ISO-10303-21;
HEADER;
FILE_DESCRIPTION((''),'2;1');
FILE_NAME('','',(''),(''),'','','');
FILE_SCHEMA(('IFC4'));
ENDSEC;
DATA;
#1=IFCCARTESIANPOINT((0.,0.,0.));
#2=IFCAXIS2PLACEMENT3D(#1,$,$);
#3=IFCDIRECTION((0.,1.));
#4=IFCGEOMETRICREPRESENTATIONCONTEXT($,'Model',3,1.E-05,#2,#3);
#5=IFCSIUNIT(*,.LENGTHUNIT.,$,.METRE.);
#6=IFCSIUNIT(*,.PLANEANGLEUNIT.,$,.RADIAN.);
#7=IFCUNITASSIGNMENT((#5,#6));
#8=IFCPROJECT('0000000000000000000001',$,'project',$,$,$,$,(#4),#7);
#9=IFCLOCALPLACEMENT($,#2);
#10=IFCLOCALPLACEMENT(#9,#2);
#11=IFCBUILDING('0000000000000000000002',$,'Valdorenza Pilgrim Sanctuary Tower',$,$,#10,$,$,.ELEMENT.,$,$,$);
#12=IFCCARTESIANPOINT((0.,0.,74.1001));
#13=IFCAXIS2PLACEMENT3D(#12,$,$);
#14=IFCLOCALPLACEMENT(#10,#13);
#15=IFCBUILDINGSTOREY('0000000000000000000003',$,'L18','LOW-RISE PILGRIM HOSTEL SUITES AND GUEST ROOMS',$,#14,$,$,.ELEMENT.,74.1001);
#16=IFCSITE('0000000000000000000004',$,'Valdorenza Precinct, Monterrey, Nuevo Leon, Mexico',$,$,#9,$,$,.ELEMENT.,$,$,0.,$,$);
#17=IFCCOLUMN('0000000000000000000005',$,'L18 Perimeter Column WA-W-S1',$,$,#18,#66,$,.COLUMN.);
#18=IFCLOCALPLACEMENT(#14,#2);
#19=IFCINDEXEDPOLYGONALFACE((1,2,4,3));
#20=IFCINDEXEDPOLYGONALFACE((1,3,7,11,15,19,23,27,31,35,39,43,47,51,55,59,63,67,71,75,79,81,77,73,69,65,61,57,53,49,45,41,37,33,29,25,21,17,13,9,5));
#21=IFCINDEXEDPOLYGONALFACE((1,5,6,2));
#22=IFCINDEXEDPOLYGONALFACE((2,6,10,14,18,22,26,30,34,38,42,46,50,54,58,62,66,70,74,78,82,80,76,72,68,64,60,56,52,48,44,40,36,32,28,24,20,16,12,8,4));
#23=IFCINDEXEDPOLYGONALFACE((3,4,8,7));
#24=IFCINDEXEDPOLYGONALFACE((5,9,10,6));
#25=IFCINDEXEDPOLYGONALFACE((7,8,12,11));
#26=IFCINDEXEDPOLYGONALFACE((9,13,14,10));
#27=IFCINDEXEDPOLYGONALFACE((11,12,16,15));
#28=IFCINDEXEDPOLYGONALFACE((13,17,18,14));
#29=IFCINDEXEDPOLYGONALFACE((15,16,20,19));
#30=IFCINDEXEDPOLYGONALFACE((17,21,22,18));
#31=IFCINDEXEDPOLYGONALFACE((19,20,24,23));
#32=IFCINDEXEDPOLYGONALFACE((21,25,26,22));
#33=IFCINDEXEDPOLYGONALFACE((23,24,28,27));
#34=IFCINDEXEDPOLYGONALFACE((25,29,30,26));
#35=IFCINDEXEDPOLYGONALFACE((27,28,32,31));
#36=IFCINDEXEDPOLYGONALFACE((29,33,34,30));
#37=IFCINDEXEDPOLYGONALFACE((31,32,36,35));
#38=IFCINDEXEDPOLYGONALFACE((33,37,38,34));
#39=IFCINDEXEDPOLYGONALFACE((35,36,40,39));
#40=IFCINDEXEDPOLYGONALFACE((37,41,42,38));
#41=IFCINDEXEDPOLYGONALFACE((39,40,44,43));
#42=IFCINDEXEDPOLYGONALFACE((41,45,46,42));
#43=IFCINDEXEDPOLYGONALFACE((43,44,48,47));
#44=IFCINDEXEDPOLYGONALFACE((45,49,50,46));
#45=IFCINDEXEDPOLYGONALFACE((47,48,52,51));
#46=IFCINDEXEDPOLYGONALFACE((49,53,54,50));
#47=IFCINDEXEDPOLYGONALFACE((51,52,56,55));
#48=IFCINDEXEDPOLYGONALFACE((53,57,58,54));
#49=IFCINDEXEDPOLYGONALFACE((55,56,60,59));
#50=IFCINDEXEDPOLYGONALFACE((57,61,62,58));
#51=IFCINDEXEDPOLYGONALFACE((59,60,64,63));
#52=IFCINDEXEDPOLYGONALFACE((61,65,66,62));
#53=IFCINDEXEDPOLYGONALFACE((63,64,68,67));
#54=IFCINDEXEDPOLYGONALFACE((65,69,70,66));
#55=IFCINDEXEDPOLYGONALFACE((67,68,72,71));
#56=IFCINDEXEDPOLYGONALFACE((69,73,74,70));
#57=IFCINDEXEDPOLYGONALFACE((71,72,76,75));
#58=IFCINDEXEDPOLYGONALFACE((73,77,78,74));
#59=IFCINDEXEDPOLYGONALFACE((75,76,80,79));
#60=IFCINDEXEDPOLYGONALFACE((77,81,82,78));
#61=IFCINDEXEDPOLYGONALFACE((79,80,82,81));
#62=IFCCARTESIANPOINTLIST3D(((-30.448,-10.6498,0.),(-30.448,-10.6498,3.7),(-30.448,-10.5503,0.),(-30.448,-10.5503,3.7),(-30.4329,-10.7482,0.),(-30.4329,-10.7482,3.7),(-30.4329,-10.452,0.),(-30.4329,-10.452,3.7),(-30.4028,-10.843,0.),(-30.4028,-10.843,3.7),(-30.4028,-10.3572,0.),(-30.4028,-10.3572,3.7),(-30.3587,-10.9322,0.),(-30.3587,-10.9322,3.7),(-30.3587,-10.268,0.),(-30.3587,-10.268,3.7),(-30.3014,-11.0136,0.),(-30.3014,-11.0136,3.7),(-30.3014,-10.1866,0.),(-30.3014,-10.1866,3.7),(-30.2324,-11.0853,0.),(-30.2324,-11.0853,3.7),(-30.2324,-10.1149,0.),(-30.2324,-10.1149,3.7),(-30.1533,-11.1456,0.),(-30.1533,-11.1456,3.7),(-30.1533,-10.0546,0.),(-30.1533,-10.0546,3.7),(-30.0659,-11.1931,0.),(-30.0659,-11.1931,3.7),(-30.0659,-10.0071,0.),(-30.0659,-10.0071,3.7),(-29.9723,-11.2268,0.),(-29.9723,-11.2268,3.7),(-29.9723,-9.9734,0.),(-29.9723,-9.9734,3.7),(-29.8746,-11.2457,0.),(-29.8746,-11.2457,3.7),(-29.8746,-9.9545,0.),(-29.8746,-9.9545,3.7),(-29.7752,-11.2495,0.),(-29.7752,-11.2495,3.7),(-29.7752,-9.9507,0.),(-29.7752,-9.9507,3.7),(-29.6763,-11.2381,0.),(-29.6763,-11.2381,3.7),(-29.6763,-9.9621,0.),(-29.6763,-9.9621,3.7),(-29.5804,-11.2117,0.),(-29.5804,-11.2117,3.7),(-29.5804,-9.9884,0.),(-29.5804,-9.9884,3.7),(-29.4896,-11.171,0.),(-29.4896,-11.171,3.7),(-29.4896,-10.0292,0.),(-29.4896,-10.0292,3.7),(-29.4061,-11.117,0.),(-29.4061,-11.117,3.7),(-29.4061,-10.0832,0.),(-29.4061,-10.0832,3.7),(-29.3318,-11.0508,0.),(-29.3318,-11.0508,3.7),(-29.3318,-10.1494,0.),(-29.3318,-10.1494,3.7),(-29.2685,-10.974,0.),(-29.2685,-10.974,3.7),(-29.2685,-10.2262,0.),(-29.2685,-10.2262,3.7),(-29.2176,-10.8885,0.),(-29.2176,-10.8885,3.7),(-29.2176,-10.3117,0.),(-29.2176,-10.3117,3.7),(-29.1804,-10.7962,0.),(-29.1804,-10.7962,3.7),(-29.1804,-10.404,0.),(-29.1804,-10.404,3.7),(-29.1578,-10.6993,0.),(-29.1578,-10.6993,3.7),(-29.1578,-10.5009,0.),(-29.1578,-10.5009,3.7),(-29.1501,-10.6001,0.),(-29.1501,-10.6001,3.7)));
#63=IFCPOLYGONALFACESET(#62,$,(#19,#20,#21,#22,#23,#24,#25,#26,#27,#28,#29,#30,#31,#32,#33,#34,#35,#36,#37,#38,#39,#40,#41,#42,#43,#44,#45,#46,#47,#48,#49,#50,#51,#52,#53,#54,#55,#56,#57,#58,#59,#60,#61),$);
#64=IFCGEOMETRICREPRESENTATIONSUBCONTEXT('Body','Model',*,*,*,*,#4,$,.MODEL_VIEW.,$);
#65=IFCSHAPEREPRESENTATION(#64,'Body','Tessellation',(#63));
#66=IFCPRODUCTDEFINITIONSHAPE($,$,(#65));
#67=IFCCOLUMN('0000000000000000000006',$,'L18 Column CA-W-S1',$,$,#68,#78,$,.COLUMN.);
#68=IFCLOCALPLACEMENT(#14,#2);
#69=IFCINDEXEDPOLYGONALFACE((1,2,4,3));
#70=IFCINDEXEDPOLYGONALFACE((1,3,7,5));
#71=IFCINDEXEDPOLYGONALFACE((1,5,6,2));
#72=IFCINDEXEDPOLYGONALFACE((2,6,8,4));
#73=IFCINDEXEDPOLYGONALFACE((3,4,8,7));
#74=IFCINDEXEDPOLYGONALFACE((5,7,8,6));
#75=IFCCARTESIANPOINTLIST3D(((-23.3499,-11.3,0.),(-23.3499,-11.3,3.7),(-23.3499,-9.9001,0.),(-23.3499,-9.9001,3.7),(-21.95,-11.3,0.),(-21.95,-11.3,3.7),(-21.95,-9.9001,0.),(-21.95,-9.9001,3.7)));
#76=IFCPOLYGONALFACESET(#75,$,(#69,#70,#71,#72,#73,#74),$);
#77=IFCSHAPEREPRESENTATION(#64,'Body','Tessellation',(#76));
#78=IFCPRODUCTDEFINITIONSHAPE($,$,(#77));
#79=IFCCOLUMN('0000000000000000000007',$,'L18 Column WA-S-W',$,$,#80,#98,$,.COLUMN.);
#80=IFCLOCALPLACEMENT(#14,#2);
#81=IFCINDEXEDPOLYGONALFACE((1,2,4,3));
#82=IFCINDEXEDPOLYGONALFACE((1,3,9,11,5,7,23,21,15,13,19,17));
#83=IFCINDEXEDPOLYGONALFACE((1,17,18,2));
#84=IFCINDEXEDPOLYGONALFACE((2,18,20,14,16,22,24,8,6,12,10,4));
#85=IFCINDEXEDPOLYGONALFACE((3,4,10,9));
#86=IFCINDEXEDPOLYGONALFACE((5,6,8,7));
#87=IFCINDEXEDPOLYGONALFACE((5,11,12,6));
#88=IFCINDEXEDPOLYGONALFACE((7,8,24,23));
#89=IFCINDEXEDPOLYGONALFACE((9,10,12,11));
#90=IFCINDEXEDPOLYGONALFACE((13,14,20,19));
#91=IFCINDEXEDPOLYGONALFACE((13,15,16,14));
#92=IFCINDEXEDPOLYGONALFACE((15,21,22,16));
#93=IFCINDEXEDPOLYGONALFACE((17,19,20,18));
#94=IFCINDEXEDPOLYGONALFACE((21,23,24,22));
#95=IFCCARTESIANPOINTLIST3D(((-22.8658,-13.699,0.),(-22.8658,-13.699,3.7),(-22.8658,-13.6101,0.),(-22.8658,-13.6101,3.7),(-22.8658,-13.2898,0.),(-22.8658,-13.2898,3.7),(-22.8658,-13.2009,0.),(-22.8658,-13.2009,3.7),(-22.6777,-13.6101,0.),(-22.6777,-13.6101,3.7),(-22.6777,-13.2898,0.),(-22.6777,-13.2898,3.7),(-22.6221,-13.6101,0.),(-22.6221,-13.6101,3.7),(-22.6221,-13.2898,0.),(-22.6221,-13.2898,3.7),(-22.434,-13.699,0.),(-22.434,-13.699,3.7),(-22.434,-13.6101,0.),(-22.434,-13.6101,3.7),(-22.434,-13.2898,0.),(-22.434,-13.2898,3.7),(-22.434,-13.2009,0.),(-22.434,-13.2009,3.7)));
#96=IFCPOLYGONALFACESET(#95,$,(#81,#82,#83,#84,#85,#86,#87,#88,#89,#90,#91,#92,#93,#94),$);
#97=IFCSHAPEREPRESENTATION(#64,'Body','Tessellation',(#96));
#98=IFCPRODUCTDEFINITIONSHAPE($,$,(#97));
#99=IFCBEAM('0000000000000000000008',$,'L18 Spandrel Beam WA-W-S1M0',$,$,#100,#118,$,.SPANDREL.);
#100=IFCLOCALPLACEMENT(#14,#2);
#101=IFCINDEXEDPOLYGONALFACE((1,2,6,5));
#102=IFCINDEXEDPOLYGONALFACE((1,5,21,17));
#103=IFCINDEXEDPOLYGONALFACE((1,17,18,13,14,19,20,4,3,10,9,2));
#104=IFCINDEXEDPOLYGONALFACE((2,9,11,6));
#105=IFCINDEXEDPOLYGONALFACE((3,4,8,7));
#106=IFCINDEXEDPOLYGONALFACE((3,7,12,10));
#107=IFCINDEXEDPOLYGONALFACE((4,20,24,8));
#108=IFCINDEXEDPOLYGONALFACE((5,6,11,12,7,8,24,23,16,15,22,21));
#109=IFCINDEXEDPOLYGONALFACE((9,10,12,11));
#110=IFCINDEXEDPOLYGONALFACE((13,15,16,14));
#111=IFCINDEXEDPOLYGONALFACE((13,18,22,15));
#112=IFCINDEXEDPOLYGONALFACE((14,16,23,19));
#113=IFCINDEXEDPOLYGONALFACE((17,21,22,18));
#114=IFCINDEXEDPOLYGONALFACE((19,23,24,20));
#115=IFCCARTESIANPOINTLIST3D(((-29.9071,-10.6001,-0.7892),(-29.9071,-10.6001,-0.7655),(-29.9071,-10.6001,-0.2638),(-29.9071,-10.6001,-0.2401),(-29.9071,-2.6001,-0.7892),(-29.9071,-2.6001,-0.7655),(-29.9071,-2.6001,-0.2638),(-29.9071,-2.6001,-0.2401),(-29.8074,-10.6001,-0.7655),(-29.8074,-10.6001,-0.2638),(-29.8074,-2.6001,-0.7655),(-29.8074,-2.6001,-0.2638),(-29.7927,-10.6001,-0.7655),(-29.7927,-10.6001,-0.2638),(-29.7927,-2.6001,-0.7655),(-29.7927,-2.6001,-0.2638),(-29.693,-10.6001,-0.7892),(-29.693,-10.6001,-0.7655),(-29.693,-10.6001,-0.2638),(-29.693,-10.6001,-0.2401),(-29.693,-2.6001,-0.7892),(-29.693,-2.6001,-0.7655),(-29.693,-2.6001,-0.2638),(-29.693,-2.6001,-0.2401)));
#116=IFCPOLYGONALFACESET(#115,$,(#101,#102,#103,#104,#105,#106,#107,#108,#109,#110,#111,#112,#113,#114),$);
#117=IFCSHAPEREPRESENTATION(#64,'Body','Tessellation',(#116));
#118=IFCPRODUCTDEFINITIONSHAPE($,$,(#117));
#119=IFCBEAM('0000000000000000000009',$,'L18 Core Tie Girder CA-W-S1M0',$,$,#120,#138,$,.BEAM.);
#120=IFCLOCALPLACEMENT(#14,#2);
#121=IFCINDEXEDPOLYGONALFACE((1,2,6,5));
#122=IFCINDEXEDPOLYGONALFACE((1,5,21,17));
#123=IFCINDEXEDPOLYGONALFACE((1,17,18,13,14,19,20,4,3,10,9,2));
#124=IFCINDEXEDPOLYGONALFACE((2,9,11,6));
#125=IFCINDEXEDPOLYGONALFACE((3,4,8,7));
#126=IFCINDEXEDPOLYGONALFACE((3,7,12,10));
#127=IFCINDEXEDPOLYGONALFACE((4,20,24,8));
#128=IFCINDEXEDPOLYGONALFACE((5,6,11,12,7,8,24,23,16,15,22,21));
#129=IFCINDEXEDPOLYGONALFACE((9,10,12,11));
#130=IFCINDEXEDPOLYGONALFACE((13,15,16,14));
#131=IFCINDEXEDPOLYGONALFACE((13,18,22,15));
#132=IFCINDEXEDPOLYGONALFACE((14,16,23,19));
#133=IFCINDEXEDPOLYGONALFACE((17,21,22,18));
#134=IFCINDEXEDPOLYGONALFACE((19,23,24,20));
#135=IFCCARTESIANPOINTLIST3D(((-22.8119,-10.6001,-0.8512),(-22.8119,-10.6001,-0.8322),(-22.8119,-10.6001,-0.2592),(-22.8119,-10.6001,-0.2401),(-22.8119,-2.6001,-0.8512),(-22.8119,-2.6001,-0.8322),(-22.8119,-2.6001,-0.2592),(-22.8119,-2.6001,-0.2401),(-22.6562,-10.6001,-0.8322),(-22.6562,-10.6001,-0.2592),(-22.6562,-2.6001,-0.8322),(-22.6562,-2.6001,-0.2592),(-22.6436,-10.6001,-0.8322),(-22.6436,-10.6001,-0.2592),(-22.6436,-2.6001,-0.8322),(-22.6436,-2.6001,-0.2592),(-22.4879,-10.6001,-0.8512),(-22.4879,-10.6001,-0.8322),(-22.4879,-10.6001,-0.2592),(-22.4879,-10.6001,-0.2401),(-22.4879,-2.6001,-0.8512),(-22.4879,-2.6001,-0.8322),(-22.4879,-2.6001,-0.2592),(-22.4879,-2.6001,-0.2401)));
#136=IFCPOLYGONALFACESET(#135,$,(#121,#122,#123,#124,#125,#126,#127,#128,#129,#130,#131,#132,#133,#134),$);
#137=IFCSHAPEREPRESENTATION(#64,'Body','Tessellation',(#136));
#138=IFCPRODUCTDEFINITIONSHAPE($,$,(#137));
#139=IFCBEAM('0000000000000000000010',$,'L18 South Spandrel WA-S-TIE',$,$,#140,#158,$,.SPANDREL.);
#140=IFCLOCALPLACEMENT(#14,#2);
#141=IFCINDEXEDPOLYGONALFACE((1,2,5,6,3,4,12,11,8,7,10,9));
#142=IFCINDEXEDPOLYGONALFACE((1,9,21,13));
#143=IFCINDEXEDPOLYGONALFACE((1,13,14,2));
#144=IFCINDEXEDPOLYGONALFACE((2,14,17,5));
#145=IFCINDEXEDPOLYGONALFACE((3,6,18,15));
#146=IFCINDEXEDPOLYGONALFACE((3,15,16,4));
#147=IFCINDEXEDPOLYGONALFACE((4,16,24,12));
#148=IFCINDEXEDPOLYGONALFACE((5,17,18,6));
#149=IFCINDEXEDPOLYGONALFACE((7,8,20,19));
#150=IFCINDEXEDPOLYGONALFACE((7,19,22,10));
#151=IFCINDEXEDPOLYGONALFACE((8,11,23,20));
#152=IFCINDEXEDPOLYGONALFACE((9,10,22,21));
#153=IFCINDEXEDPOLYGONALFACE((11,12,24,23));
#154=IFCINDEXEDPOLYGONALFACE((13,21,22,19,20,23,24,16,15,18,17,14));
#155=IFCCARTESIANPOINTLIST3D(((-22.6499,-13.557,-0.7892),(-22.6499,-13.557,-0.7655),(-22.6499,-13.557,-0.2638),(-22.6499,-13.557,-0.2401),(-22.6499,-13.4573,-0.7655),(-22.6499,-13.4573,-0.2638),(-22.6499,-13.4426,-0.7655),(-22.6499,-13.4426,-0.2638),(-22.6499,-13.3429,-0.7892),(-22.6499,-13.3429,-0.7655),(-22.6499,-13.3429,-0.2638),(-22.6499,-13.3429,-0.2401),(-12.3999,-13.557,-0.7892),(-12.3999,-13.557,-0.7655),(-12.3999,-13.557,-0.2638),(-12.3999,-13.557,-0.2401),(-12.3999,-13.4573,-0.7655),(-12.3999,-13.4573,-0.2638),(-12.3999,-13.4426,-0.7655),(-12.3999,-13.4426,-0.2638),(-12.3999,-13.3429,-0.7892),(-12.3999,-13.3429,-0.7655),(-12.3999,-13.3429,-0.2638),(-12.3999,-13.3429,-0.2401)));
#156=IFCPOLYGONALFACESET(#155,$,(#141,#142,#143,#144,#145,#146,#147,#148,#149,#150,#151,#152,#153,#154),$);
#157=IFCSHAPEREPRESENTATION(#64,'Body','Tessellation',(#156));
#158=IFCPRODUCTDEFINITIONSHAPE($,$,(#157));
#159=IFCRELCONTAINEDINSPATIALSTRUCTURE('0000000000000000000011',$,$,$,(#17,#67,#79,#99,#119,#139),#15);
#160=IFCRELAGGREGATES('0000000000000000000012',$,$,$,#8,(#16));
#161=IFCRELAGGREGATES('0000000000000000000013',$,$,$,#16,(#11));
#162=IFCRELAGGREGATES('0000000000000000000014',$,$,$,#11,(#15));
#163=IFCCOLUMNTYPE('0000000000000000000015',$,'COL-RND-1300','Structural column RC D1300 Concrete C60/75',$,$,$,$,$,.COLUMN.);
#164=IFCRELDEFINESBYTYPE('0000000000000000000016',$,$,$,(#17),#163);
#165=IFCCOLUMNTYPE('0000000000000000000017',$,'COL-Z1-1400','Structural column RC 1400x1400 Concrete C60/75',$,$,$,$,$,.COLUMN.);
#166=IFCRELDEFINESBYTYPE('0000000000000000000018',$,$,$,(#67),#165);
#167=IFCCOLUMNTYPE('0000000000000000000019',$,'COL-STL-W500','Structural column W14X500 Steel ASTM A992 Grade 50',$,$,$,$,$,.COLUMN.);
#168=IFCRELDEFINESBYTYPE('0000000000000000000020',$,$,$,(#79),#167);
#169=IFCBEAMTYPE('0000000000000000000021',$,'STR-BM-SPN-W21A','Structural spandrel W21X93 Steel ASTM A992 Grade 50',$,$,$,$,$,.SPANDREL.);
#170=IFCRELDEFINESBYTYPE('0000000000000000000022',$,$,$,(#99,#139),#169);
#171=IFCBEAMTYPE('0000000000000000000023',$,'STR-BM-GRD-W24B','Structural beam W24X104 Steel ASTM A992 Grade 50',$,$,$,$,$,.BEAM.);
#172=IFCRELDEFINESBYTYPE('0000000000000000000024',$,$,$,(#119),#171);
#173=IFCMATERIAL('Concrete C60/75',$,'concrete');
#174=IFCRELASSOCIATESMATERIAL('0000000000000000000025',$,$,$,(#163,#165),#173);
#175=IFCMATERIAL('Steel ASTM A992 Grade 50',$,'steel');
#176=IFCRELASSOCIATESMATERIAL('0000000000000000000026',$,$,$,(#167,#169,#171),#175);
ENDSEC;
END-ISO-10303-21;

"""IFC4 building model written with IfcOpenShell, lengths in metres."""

from ifc_helpers import new_model, si_unit, direction, frame, origin, origin_2d, place, context, subcontext, project, spatial, rectangle, circle, i_section, extrude, source, transform, mapped, material, material_profile, profile_set, type_object, element, save


model = new_model("IFC4")

# Units and contexts
model_context = context("Model", 3, precision=1e-05, world=origin(), true_north=direction((0.0, 1.0)))
body_context = subcontext(model_context, "Body", "Model", "MODEL_VIEW")
ifc_project = project(units=[si_unit("LENGTHUNIT", "METRE"), si_unit("PLANEANGLEUNIT", "RADIAN")], contexts=[model_context])

# Site, building, storey
site_placement = place(None, origin())
site = spatial("IfcSite", under=ifc_project, at=site_placement, Name="Valdorenza Precinct, Monterrey, Nuevo Leon, Mexico", CompositionType="ELEMENT", RefElevation=0.0)
building_placement = place(site_placement, origin())
building = spatial("IfcBuilding", under=site, at=building_placement, Name="Valdorenza Pilgrim Sanctuary Tower", CompositionType="ELEMENT")
storey_placement = place(building_placement, frame((0.0, 0.0, 74.1001)))
storey = spatial("IfcBuildingStorey", under=building, at=storey_placement, Name="L18", Description="LOW-RISE PILGRIM HOSTEL SUITES AND GUEST ROOMS", CompositionType="ELEMENT", Elevation=74.1001)

# Columns
ifc_material_1 = material(Name="Concrete C60/75", Category="concrete")
ifc_material_profile_1 = material_profile(ifc_material_1, circle(Radius=0.6499, at=origin_2d()), Name="RC D1300")
ifc_profile_set_1 = profile_set([ifc_material_profile_1], Name="Concrete C60/75")
column_type_1 = type_object("IfcColumnType", Name="COL-RND-1300", Description="Structural column RC D1300 Concrete C60/75", PredefinedType="COLUMN", material=ifc_profile_set_1)
shared_shape_1 = source(origin(), body_context, "Body", "SweptSolid", [
    extrude(circle(Radius=0.6499, at=origin_2d()), origin(), (0.0, 0.0, 1.0), 3.7),
])
column_1_placement = place(storey_placement, frame((-29.8, -10.6001, 0.0), z_axis=(0.0, 0.0, 1.0), x_axis=(1.0, 0.0, 0.0)))
element("IfcColumn", 1, at=column_1_placement, inside=storey, type_object=column_type_1, Name="L18 Perimeter Column WA-W-S1", PredefinedType="COLUMN", context=body_context, shape_type="MappedRepresentation", body=[
    mapped(shared_shape_1, transform((0.0, 0.0, 0.0), x_axis=(1.0, 0.0, 0.0), y_axis=(0.0, 1.0, 0.0), z_axis=(0.0, 0.0, 1.0), scale=1.0)),
])
ifc_material_profile_2 = material_profile(ifc_material_1, rectangle(XDim=1.3999, YDim=1.3999, at=origin_2d()), Name="RC 1400x1400")
ifc_profile_set_2 = profile_set([ifc_material_profile_2], Name="Concrete C60/75")
column_type_2 = type_object("IfcColumnType", Name="COL-Z1-1400", Description="Structural column RC 1400x1400 Concrete C60/75", PredefinedType="COLUMN", material=ifc_profile_set_2)
shared_shape_2 = source(origin(), body_context, "Body", "SweptSolid", [
    extrude(rectangle(XDim=1.3999, YDim=1.3999, at=origin_2d()), origin(), (0.0, 0.0, 1.0), 3.7),
])
column_2_placement = place(storey_placement, frame((-22.6499, -10.6001, 0.0), z_axis=(0.0, 0.0, 1.0), x_axis=(1.0, 0.0, 0.0)))
element("IfcColumn", 2, at=column_2_placement, inside=storey, type_object=column_type_2, Name="L18 Column CA-W-S1", PredefinedType="COLUMN", context=body_context, shape_type="MappedRepresentation", body=[
    mapped(shared_shape_2, transform((0.0, 0.0, 0.0), x_axis=(1.0, 0.0, 0.0), y_axis=(0.0, 1.0, 0.0), z_axis=(0.0, 0.0, 1.0), scale=1.0)),
])
ifc_material_2 = material(Name="Steel ASTM A992 Grade 50", Category="steel")
ifc_material_profile_3 = material_profile(ifc_material_2, i_section(OverallWidth=0.4319, OverallDepth=0.498, WebThickness=0.0557, FlangeThickness=0.0889, at=origin_2d()), Name="W14X500")
ifc_profile_set_3 = profile_set([ifc_material_profile_3], Name="Steel ASTM A992 Grade 50")
column_type_3 = type_object("IfcColumnType", Name="COL-STL-W500", Description="Structural column W14X500 Steel ASTM A992 Grade 50", PredefinedType="COLUMN", material=ifc_profile_set_3)
shared_shape_3 = source(origin(), body_context, "Body", "SweptSolid", [
    extrude(i_section(OverallWidth=0.4319, OverallDepth=0.498, WebThickness=0.0557, FlangeThickness=0.0889, at=origin_2d()), origin(), (0.0, 0.0, 1.0), 3.7),
])
column_3_placement = place(storey_placement, frame((-22.6499, -13.45, 0.0), z_axis=(0.0, 0.0, 1.0), x_axis=(1.0, 0.0, 0.0)))
element("IfcColumn", 3, at=column_3_placement, inside=storey, type_object=column_type_3, Name="L18 Column WA-S-W", PredefinedType="COLUMN", context=body_context, shape_type="MappedRepresentation", body=[
    mapped(shared_shape_3, transform((0.0, 0.0, 0.0), x_axis=(1.0, 0.0, 0.0), y_axis=(0.0, 1.0, 0.0), z_axis=(0.0, 0.0, 1.0), scale=1.0)),
])

# Beams
ifc_material_profile_4 = material_profile(ifc_material_2, i_section(OverallWidth=0.2141, OverallDepth=0.5491, WebThickness=0.0146, FlangeThickness=0.0237, at=origin_2d()), Name="W21X93")
ifc_profile_set_4 = profile_set([ifc_material_profile_4], Name="Steel ASTM A992 Grade 50")
beam_type_1 = type_object("IfcBeamType", Name="STR-BM-SPN-W21A", Description="Structural spandrel W21X93 Steel ASTM A992 Grade 50", PredefinedType="SPANDREL", material=ifc_profile_set_4)
shared_shape_4 = source(origin(), body_context, "Body", "SweptSolid", [
    extrude(i_section(OverallWidth=0.2141, OverallDepth=0.5491, WebThickness=0.0146, FlangeThickness=0.0237, at=origin_2d()), origin(), (0.0, 0.0, 1.0), 8.0),
])
beam_1_placement = place(storey_placement, frame((-29.8, -10.6001, -0.5146), z_axis=(0.0, 1.0, 0.0), x_axis=(-1.0, 0.0, 0.0)))
element("IfcBeam", 4, at=beam_1_placement, inside=storey, type_object=beam_type_1, Name="L18 Spandrel Beam WA-W-S1M0", PredefinedType="SPANDREL", context=body_context, shape_type="MappedRepresentation", body=[
    mapped(shared_shape_4, transform((0.0, 0.0, 0.0), x_axis=(1.0, 0.0, 0.0), y_axis=(0.0, 1.0, 0.0), z_axis=(0.0, 0.0, 1.0), scale=1.0)),
])
ifc_material_profile_5 = material_profile(ifc_material_2, i_section(OverallWidth=0.324, OverallDepth=0.6111, WebThickness=0.0127, FlangeThickness=0.019, at=origin_2d()), Name="W24X104")
ifc_profile_set_5 = profile_set([ifc_material_profile_5], Name="Steel ASTM A992 Grade 50")
beam_type_2 = type_object("IfcBeamType", Name="STR-BM-GRD-W24B", Description="Structural beam W24X104 Steel ASTM A992 Grade 50", PredefinedType="BEAM", material=ifc_profile_set_5)
shared_shape_5 = source(origin(), body_context, "Body", "SweptSolid", [
    extrude(i_section(OverallWidth=0.324, OverallDepth=0.6111, WebThickness=0.0127, FlangeThickness=0.019, at=origin_2d()), origin(), (0.0, 0.0, 1.0), 8.0),
])
beam_2_placement = place(storey_placement, frame((-22.6499, -10.6001, -0.5457), z_axis=(0.0, 1.0, 0.0), x_axis=(-1.0, 0.0, 0.0)))
element("IfcBeam", 5, at=beam_2_placement, inside=storey, type_object=beam_type_2, Name="L18 Core Tie Girder CA-W-S1M0", PredefinedType="BEAM", context=body_context, shape_type="MappedRepresentation", body=[
    mapped(shared_shape_5, transform((0.0, 0.0, 0.0), x_axis=(1.0, 0.0, 0.0), y_axis=(0.0, 1.0, 0.0), z_axis=(0.0, 0.0, 1.0), scale=1.0)),
])
shared_shape_6 = source(origin(), body_context, "Body", "SweptSolid", [
    extrude(i_section(OverallWidth=0.2141, OverallDepth=0.5491, WebThickness=0.0146, FlangeThickness=0.0237, at=origin_2d()), origin(), (0.0, 0.0, 1.0), 10.25),
])
beam_3_placement = place(storey_placement, frame((-22.6499, -13.45, -0.5146), z_axis=(1.0, 0.0, 0.0), x_axis=(0.0, 1.0, 0.0)))
element("IfcBeam", 6, at=beam_3_placement, inside=storey, type_object=beam_type_1, Name="L18 South Spandrel WA-S-TIE", PredefinedType="SPANDREL", context=body_context, shape_type="MappedRepresentation", body=[
    mapped(shared_shape_6, transform((0.0, 0.0, 0.0), x_axis=(1.0, 0.0, 0.0), y_axis=(0.0, 1.0, 0.0), z_axis=(0.0, 0.0, 1.0), scale=1.0)),
])

save(model, "model.ifc")
